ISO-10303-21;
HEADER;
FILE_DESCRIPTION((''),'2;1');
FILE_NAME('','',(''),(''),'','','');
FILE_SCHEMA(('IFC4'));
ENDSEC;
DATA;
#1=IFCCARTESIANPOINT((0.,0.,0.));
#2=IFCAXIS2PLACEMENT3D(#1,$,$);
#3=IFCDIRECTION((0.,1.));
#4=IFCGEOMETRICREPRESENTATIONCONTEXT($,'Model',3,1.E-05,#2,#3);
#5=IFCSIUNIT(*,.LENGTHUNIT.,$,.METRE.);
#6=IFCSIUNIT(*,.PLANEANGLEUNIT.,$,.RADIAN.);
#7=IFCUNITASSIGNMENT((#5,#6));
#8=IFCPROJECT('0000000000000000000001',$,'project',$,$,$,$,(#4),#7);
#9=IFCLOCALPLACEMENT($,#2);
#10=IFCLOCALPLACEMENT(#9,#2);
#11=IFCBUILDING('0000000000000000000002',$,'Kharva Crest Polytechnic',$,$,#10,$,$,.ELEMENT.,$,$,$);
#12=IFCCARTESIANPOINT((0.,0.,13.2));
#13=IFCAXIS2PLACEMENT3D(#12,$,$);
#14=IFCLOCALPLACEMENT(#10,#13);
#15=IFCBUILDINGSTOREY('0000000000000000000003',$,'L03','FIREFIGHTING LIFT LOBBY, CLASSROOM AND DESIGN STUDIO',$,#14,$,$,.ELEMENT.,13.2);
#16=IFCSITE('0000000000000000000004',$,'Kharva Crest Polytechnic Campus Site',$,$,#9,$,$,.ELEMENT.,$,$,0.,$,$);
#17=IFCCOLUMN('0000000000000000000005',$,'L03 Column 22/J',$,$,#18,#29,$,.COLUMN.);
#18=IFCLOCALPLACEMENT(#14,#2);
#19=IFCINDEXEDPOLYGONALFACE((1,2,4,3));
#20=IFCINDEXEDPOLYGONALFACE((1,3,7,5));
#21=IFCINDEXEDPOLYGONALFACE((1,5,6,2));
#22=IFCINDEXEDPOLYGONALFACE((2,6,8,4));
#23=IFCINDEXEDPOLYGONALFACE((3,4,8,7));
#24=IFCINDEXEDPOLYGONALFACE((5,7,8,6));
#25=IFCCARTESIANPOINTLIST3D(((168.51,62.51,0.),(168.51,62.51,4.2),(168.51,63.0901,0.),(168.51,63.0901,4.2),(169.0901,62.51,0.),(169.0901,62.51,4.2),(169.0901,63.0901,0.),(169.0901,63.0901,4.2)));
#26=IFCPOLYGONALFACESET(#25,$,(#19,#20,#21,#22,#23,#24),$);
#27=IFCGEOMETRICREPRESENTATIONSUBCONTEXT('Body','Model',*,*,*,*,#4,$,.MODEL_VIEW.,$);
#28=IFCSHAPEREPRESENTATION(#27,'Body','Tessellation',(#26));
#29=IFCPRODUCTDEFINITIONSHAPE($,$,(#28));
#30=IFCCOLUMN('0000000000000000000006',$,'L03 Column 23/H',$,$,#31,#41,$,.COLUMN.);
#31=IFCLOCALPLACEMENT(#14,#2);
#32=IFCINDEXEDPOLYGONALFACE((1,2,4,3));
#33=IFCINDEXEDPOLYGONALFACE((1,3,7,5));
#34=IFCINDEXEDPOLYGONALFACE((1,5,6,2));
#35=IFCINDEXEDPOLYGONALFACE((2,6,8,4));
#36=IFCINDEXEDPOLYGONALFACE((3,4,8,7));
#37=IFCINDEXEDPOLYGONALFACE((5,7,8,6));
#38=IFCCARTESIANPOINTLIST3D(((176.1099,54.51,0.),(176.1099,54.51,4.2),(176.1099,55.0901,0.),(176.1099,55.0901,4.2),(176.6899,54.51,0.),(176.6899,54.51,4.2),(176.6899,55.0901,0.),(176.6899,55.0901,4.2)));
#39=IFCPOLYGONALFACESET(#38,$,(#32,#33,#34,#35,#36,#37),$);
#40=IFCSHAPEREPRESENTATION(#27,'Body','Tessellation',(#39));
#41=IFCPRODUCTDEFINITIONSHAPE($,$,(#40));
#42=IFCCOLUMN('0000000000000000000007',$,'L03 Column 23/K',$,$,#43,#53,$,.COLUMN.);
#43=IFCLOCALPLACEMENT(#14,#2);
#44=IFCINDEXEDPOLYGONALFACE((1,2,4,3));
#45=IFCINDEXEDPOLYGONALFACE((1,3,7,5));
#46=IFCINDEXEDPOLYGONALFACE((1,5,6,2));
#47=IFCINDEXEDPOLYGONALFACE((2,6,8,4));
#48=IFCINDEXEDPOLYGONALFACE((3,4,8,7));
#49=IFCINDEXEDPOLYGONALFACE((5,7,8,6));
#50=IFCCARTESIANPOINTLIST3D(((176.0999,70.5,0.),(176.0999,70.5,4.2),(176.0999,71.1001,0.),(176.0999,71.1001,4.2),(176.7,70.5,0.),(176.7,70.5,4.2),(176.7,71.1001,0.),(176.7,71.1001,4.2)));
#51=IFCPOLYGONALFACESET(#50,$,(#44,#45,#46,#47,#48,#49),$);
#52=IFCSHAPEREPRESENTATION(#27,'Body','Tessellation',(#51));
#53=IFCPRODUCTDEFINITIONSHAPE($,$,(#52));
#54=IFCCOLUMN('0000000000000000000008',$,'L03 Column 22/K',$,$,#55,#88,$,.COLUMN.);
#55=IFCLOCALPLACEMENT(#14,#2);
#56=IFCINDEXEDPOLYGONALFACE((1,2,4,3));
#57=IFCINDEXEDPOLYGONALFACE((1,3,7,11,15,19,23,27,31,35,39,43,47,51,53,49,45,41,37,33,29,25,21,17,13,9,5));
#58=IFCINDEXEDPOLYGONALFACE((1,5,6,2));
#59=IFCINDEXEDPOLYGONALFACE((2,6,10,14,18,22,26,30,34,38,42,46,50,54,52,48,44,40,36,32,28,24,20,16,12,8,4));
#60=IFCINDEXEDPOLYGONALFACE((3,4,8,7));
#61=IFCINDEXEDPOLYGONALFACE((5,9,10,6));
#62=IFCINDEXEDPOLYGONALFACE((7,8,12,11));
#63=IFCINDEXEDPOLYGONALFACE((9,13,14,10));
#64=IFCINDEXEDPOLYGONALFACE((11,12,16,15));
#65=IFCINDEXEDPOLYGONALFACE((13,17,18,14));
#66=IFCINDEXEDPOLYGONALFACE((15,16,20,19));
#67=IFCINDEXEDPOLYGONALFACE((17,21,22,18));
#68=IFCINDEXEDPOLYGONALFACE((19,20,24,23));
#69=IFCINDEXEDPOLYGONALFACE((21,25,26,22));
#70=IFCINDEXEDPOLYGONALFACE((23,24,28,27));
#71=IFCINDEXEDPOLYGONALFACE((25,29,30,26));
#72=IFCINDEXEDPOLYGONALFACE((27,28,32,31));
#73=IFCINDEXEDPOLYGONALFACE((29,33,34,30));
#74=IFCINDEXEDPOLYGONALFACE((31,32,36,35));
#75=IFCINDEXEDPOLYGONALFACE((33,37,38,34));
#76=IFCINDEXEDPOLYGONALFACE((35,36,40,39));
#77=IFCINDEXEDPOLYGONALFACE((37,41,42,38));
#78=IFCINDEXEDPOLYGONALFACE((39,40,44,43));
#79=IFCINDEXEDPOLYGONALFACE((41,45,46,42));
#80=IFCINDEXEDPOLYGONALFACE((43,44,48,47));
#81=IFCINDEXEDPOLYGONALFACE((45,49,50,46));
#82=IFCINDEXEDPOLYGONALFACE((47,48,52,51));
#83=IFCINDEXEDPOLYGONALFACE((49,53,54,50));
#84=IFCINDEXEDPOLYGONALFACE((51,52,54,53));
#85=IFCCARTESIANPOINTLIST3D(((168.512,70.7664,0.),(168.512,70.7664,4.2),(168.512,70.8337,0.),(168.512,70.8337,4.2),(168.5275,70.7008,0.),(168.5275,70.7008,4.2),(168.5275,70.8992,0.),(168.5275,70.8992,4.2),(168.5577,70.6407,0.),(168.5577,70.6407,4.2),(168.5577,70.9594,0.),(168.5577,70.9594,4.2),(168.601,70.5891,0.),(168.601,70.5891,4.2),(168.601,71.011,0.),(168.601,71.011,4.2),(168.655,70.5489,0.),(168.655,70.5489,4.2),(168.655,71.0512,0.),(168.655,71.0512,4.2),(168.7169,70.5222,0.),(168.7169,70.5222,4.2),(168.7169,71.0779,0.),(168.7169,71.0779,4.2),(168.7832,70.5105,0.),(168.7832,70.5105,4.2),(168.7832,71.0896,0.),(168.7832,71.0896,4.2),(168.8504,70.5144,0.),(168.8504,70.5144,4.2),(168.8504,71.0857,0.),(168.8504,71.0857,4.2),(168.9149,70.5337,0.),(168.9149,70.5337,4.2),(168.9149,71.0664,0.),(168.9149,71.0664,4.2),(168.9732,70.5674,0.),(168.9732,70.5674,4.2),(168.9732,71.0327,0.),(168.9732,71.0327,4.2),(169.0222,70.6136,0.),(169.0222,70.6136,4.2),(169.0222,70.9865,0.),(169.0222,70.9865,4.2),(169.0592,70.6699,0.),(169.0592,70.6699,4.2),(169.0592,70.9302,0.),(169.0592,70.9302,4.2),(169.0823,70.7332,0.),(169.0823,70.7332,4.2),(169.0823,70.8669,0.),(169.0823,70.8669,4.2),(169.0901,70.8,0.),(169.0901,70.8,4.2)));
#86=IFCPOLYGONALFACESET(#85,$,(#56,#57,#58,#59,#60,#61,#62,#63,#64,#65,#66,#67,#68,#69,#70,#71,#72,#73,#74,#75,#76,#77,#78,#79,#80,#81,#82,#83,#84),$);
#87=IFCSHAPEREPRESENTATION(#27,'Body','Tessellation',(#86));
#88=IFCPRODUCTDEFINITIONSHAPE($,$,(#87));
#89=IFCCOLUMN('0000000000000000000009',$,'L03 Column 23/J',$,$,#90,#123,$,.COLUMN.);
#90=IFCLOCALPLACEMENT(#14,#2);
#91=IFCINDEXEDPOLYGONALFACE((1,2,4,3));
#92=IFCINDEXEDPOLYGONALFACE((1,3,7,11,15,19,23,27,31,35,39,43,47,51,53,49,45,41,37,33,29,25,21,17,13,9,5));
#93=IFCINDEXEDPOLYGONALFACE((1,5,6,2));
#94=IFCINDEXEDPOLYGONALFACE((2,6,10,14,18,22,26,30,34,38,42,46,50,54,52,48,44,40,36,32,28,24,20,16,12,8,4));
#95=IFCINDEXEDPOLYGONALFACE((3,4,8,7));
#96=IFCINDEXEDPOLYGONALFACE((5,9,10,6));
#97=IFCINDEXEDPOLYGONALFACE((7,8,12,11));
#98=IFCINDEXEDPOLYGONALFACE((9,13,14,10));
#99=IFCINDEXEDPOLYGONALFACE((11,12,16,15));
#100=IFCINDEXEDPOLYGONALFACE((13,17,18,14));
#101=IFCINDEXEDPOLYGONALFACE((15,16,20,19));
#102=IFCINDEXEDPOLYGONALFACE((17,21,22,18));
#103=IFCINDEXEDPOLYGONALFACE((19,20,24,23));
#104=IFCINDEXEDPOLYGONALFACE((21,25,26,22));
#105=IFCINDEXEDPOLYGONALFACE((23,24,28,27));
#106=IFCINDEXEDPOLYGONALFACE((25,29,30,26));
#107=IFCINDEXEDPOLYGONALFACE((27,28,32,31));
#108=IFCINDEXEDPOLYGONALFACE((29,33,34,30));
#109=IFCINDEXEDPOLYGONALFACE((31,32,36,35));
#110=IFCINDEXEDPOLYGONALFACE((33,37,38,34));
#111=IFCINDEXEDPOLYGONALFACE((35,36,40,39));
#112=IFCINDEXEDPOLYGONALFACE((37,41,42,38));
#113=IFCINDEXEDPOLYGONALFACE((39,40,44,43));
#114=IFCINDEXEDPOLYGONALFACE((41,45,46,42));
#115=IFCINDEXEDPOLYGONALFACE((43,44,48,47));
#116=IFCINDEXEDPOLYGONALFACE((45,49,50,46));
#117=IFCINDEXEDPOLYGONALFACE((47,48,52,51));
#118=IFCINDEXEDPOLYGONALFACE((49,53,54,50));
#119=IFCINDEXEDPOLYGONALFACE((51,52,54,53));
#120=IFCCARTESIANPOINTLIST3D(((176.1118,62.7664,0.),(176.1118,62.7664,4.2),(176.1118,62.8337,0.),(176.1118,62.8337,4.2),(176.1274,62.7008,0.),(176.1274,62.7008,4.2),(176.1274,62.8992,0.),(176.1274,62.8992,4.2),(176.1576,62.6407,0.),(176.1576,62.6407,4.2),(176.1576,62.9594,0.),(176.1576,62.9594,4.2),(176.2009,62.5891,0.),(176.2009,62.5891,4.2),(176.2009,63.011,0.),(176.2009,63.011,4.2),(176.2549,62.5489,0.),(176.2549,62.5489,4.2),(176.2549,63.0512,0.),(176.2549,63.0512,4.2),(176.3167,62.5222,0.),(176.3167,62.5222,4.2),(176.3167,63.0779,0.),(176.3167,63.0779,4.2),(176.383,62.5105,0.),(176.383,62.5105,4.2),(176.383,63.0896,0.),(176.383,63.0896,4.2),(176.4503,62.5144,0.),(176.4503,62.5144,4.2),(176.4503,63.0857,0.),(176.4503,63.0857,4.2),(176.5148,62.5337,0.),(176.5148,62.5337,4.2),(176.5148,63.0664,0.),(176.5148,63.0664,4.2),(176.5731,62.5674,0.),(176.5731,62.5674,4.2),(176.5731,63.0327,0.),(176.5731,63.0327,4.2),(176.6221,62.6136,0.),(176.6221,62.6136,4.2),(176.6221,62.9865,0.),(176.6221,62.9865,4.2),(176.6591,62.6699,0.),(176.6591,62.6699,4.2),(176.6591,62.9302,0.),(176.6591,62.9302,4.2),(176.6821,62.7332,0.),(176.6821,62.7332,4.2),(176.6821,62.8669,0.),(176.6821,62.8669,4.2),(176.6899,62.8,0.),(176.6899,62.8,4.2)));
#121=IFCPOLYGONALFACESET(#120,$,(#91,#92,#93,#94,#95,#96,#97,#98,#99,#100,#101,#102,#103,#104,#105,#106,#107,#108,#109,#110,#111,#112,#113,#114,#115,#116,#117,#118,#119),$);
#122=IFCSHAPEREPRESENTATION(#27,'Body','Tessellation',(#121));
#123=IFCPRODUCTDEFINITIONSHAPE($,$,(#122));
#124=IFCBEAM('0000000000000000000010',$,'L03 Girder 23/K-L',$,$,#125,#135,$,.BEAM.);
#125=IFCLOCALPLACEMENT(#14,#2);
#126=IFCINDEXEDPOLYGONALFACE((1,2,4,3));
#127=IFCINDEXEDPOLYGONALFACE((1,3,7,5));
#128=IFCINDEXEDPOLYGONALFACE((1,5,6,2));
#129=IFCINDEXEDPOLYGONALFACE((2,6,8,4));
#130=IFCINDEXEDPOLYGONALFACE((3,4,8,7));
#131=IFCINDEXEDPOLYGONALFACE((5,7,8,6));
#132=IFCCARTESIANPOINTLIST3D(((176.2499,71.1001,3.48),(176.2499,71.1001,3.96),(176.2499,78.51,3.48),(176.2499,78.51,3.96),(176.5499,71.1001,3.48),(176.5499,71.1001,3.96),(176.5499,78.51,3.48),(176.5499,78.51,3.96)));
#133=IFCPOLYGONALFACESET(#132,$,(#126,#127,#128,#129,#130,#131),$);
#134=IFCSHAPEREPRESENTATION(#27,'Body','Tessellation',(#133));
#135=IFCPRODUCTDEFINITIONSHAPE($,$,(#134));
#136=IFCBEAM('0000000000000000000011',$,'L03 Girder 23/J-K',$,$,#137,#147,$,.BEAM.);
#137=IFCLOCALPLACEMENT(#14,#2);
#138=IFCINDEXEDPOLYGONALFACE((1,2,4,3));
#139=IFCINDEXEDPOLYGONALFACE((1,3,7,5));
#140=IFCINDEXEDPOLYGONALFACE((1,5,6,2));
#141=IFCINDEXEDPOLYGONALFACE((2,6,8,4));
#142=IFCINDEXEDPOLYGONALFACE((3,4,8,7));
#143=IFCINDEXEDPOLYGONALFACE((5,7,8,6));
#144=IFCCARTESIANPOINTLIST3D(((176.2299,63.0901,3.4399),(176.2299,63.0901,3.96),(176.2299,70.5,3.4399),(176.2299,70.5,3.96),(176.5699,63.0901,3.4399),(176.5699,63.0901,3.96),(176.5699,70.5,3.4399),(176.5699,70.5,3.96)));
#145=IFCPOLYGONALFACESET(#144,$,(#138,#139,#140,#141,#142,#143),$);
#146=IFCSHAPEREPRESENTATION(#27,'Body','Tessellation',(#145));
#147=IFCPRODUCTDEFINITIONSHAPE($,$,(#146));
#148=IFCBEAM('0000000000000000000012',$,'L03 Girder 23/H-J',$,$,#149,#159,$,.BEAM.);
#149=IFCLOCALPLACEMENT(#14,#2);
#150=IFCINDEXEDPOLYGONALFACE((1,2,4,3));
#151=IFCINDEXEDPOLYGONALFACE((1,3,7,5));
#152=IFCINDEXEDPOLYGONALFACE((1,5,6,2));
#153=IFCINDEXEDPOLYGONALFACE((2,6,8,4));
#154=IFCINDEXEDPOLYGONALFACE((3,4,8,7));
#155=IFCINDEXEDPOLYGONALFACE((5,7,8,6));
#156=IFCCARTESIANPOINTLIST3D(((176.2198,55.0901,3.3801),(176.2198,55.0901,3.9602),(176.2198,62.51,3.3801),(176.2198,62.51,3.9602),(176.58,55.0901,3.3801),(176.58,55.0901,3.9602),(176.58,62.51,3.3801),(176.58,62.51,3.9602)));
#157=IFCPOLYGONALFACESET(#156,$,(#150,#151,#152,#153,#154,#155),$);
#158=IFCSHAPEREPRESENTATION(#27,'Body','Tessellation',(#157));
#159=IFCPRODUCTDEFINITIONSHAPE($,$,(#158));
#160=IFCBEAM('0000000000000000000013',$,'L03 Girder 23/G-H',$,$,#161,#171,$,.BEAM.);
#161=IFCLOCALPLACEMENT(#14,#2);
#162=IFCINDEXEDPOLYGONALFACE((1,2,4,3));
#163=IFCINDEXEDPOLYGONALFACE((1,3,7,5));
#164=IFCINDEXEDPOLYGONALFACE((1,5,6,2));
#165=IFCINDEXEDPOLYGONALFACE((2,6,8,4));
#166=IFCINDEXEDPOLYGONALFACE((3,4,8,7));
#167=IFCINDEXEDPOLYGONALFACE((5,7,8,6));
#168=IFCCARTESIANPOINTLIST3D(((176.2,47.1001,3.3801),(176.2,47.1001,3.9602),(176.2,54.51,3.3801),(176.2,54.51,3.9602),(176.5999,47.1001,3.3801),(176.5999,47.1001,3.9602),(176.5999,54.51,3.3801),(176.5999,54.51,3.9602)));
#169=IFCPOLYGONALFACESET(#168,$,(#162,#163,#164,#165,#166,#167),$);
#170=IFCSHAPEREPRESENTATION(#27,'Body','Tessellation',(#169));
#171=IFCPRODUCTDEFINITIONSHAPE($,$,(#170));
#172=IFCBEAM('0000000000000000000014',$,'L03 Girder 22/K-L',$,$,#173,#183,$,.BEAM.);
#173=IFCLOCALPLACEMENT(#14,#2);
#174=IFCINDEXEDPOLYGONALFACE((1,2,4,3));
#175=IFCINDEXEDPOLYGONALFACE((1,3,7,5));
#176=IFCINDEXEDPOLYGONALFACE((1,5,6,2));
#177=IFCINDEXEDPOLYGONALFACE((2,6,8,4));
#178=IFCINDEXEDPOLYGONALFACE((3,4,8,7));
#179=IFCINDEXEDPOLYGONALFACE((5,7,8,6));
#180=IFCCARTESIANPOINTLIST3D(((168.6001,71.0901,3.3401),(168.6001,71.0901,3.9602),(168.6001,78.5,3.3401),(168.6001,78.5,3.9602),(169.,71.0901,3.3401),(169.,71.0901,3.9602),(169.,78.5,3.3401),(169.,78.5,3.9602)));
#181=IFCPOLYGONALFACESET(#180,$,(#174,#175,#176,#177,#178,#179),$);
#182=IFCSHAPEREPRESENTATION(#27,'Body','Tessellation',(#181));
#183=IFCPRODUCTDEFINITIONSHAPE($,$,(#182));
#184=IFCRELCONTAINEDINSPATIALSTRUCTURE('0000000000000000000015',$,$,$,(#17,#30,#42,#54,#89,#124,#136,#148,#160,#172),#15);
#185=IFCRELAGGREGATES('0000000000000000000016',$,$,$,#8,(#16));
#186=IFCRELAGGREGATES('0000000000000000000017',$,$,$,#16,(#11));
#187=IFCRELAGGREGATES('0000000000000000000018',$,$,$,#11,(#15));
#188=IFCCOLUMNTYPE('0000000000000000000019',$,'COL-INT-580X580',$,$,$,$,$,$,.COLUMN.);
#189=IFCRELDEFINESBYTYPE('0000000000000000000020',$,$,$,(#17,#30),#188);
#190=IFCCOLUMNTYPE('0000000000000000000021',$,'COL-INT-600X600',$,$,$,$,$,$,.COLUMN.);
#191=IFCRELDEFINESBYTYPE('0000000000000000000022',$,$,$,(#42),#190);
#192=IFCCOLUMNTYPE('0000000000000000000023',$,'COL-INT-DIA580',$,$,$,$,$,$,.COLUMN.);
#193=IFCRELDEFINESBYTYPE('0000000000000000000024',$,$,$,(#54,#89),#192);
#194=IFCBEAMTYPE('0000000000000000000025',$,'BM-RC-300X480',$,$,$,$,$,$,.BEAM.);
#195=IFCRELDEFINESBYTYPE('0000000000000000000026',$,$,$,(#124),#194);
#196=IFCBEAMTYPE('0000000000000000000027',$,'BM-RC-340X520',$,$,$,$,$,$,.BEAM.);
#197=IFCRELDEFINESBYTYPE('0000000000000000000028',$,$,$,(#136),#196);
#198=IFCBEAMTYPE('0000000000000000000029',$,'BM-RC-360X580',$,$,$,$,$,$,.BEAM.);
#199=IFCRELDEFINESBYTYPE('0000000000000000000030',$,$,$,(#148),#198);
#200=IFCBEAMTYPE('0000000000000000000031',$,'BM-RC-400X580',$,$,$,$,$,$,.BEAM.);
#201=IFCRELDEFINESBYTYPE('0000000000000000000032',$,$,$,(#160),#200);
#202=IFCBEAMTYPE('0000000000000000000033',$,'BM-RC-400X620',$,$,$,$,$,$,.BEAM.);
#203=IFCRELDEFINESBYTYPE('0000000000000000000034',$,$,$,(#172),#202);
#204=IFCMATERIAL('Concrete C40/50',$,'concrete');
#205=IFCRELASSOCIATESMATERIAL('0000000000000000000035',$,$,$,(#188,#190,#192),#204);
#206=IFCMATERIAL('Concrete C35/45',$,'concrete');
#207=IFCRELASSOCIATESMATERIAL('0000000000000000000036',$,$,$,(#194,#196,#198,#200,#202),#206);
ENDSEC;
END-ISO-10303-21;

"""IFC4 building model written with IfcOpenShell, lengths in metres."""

from ifc_helpers import new_model, si_unit, direction, frame, origin, origin_2d, place, context, subcontext, project, spatial, rectangle, circle, extrude, material, material_profile, profile_set, type_object, element, save


model = new_model("IFC4")

# Units and contexts
model_context = context("Model", 3, precision=1e-05, world=origin(), true_north=direction((0.0, 1.0)))
body_context = subcontext(model_context, "Body", "Model", "MODEL_VIEW")
ifc_project = project(units=[si_unit("LENGTHUNIT", "METRE"), si_unit("PLANEANGLEUNIT", "RADIAN")], contexts=[model_context])

# Site, building, storey
site_placement = place(None, origin())
site = spatial("IfcSite", under=ifc_project, at=site_placement, Name="Kharva Crest Polytechnic Campus Site", CompositionType="ELEMENT", RefElevation=0.0)
building_placement = place(site_placement, origin())
building = spatial("IfcBuilding", under=site, at=building_placement, Name="Kharva Crest Polytechnic", CompositionType="ELEMENT")
storey_placement = place(building_placement, frame((0.0, 0.0, 13.2)))
storey = spatial("IfcBuildingStorey", under=building, at=storey_placement, Name="L03", Description="FIREFIGHTING LIFT LOBBY, CLASSROOM AND DESIGN STUDIO", CompositionType="ELEMENT", Elevation=13.2)

# Columns
ifc_material_1 = material(Name="Concrete C40/50", Category="concrete")
ifc_material_profile_1 = material_profile(ifc_material_1, rectangle(XDim=0.5801, YDim=0.5801, at=origin_2d()), Name="RECT 580 X 580")
ifc_profile_set_1 = profile_set([ifc_material_profile_1], Name="Concrete C40/50")
column_type_1 = type_object("IfcColumnType", Name="COL-INT-580X580", PredefinedType="COLUMN", material=ifc_profile_set_1)
for number, where, z_axis, x_axis, name in (
    (1, (168.8, 62.8, 0.0), (0.0, 0.0, 1.0), (1.0, 0.0, 0.0), "L03 Column 22/J"),
    (2, (176.3999, 54.8, 0.0), (0.0, 0.0, 1.0), (1.0, 0.0, 0.0), "L03 Column 23/H"),
):
    element("IfcColumn", number, at=place(storey_placement, frame(where, z_axis=z_axis, x_axis=x_axis)), inside=storey, type_object=column_type_1, Name=name, PredefinedType="COLUMN", context=body_context, shape_type="SweptSolid", body=[
        extrude(rectangle(XDim=0.5801, YDim=0.5801, at=origin_2d()), origin(), (0.0, 0.0, 1.0), 4.2),
    ])
ifc_material_profile_2 = material_profile(ifc_material_1, rectangle(XDim=0.6001, YDim=0.6001, at=origin_2d()), Name="RECT 600 X 600")
ifc_profile_set_2 = profile_set([ifc_material_profile_2], Name="Concrete C40/50")
column_type_2 = type_object("IfcColumnType", Name="COL-INT-600X600", PredefinedType="COLUMN", material=ifc_profile_set_2)
column_placement = place(storey_placement, frame((176.3999, 70.8, 0.0), z_axis=(0.0, 0.0, 1.0), x_axis=(1.0, 0.0, 0.0)))
element("IfcColumn", 3, at=column_placement, inside=storey, type_object=column_type_2, Name="L03 Column 23/K", PredefinedType="COLUMN", context=body_context, shape_type="SweptSolid", body=[
    extrude(rectangle(XDim=0.6001, YDim=0.6001, at=origin_2d()), origin(), (0.0, 0.0, 1.0), 4.2),
])
ifc_material_profile_3 = material_profile(ifc_material_1, circle(Radius=0.29, at=origin_2d()), Name="DIA 580")
ifc_profile_set_3 = profile_set([ifc_material_profile_3], Name="Concrete C40/50")
column_type_3 = type_object("IfcColumnType", Name="COL-INT-DIA580", PredefinedType="COLUMN", material=ifc_profile_set_3)
for number, where, z_axis, x_axis, name in (
    (4, (168.8, 70.8, 0.0), (0.0, 0.0, 1.0), (1.0, 0.0, 0.0), "L03 Column 22/K"),
    (5, (176.3999, 62.8, 0.0), (0.0, 0.0, 1.0), (1.0, 0.0, 0.0), "L03 Column 23/J"),
):
    element("IfcColumn", number, at=place(storey_placement, frame(where, z_axis=z_axis, x_axis=x_axis)), inside=storey, type_object=column_type_3, Name=name, PredefinedType="COLUMN", context=body_context, shape_type="SweptSolid", body=[
        extrude(circle(Radius=0.29, at=origin_2d()), origin(), (0.0, 0.0, 1.0), 4.2),
    ])

# Beams
ifc_material_2 = material(Name="Concrete C35/45", Category="concrete")
ifc_material_profile_4 = material_profile(ifc_material_2, rectangle(XDim=0.3, YDim=0.48, at=origin_2d()), Name="RECT 300 X 480")
ifc_profile_set_4 = profile_set([ifc_material_profile_4], Name="Concrete C35/45")
beam_type_1 = type_object("IfcBeamType", Name="BM-RC-300X480", PredefinedType="BEAM", material=ifc_profile_set_4)
beam_1_placement = place(storey_placement, frame((176.3999, 71.1001, 3.72), z_axis=(0.0, 1.0, 0.0), x_axis=(-1.0, 0.0, 0.0)))
element("IfcBeam", 6, at=beam_1_placement, inside=storey, type_object=beam_type_1, Name="L03 Girder 23/K-L", PredefinedType="BEAM", context=body_context, shape_type="SweptSolid", body=[
    extrude(rectangle(XDim=0.3, YDim=0.48, at=origin_2d()), origin(), (0.0, 0.0, 1.0), 7.4099),
])
ifc_material_profile_5 = material_profile(ifc_material_2, rectangle(XDim=0.3401, YDim=0.52, at=origin_2d()), Name="RECT 340 X 520")
ifc_profile_set_5 = profile_set([ifc_material_profile_5], Name="Concrete C35/45")
beam_type_2 = type_object("IfcBeamType", Name="BM-RC-340X520", PredefinedType="BEAM", material=ifc_profile_set_5)
beam_2_placement = place(storey_placement, frame((176.3999, 63.0901, 3.7), z_axis=(0.0, 1.0, 0.0), x_axis=(-1.0, 0.0, 0.0)))
element("IfcBeam", 7, at=beam_2_placement, inside=storey, type_object=beam_type_2, Name="L03 Girder 23/J-K", PredefinedType="BEAM", context=body_context, shape_type="SweptSolid", body=[
    extrude(rectangle(XDim=0.3401, YDim=0.52, at=origin_2d()), origin(), (0.0, 0.0, 1.0), 7.4099),
])
ifc_material_profile_6 = material_profile(ifc_material_2, rectangle(XDim=0.3601, YDim=0.5801, at=origin_2d()), Name="RECT 360 X 580")
ifc_profile_set_6 = profile_set([ifc_material_profile_6], Name="Concrete C35/45")
beam_type_3 = type_object("IfcBeamType", Name="BM-RC-360X580", PredefinedType="BEAM", material=ifc_profile_set_6)
beam_3_placement = place(storey_placement, frame((176.3999, 55.0901, 3.6702), z_axis=(0.0, 1.0, 0.0), x_axis=(-1.0, 0.0, 0.0)))
element("IfcBeam", 8, at=beam_3_placement, inside=storey, type_object=beam_type_3, Name="L03 Girder 23/H-J", PredefinedType="BEAM", context=body_context, shape_type="SweptSolid", body=[
    extrude(rectangle(XDim=0.3601, YDim=0.5801, at=origin_2d()), origin(), (0.0, 0.0, 1.0), 7.4199),
])
ifc_material_profile_7 = material_profile(ifc_material_2, rectangle(XDim=0.3999, YDim=0.5801, at=origin_2d()), Name="RECT 400 X 580")
ifc_profile_set_7 = profile_set([ifc_material_profile_7], Name="Concrete C35/45")
beam_type_4 = type_object("IfcBeamType", Name="BM-RC-400X580", PredefinedType="BEAM", material=ifc_profile_set_7)
beam_4_placement = place(storey_placement, frame((176.3999, 47.1001, 3.6702), z_axis=(0.0, 1.0, 0.0), x_axis=(-1.0, 0.0, 0.0)))
element("IfcBeam", 9, at=beam_4_placement, inside=storey, type_object=beam_type_4, Name="L03 Girder 23/G-H", PredefinedType="BEAM", context=body_context, shape_type="SweptSolid", body=[
    extrude(rectangle(XDim=0.3999, YDim=0.5801, at=origin_2d()), origin(), (0.0, 0.0, 1.0), 7.4099),
])
ifc_material_profile_8 = material_profile(ifc_material_2, rectangle(XDim=0.3999, YDim=0.6201, at=origin_2d()), Name="RECT 400 X 620")
ifc_profile_set_8 = profile_set([ifc_material_profile_8], Name="Concrete C35/45")
beam_type_5 = type_object("IfcBeamType", Name="BM-RC-400X620", PredefinedType="BEAM", material=ifc_profile_set_8)
beam_5_placement = place(storey_placement, frame((168.8, 71.0901, 3.6501), z_axis=(0.0, 1.0, 0.0), x_axis=(-1.0, 0.0, 0.0)))
element("IfcBeam", 10, at=beam_5_placement, inside=storey, type_object=beam_type_5, Name="L03 Girder 22/K-L", PredefinedType="BEAM", context=body_context, shape_type="SweptSolid", body=[
    extrude(rectangle(XDim=0.3999, YDim=0.6201, at=origin_2d()), origin(), (0.0, 0.0, 1.0), 7.4099),
])

save(model, "model.ifc")
